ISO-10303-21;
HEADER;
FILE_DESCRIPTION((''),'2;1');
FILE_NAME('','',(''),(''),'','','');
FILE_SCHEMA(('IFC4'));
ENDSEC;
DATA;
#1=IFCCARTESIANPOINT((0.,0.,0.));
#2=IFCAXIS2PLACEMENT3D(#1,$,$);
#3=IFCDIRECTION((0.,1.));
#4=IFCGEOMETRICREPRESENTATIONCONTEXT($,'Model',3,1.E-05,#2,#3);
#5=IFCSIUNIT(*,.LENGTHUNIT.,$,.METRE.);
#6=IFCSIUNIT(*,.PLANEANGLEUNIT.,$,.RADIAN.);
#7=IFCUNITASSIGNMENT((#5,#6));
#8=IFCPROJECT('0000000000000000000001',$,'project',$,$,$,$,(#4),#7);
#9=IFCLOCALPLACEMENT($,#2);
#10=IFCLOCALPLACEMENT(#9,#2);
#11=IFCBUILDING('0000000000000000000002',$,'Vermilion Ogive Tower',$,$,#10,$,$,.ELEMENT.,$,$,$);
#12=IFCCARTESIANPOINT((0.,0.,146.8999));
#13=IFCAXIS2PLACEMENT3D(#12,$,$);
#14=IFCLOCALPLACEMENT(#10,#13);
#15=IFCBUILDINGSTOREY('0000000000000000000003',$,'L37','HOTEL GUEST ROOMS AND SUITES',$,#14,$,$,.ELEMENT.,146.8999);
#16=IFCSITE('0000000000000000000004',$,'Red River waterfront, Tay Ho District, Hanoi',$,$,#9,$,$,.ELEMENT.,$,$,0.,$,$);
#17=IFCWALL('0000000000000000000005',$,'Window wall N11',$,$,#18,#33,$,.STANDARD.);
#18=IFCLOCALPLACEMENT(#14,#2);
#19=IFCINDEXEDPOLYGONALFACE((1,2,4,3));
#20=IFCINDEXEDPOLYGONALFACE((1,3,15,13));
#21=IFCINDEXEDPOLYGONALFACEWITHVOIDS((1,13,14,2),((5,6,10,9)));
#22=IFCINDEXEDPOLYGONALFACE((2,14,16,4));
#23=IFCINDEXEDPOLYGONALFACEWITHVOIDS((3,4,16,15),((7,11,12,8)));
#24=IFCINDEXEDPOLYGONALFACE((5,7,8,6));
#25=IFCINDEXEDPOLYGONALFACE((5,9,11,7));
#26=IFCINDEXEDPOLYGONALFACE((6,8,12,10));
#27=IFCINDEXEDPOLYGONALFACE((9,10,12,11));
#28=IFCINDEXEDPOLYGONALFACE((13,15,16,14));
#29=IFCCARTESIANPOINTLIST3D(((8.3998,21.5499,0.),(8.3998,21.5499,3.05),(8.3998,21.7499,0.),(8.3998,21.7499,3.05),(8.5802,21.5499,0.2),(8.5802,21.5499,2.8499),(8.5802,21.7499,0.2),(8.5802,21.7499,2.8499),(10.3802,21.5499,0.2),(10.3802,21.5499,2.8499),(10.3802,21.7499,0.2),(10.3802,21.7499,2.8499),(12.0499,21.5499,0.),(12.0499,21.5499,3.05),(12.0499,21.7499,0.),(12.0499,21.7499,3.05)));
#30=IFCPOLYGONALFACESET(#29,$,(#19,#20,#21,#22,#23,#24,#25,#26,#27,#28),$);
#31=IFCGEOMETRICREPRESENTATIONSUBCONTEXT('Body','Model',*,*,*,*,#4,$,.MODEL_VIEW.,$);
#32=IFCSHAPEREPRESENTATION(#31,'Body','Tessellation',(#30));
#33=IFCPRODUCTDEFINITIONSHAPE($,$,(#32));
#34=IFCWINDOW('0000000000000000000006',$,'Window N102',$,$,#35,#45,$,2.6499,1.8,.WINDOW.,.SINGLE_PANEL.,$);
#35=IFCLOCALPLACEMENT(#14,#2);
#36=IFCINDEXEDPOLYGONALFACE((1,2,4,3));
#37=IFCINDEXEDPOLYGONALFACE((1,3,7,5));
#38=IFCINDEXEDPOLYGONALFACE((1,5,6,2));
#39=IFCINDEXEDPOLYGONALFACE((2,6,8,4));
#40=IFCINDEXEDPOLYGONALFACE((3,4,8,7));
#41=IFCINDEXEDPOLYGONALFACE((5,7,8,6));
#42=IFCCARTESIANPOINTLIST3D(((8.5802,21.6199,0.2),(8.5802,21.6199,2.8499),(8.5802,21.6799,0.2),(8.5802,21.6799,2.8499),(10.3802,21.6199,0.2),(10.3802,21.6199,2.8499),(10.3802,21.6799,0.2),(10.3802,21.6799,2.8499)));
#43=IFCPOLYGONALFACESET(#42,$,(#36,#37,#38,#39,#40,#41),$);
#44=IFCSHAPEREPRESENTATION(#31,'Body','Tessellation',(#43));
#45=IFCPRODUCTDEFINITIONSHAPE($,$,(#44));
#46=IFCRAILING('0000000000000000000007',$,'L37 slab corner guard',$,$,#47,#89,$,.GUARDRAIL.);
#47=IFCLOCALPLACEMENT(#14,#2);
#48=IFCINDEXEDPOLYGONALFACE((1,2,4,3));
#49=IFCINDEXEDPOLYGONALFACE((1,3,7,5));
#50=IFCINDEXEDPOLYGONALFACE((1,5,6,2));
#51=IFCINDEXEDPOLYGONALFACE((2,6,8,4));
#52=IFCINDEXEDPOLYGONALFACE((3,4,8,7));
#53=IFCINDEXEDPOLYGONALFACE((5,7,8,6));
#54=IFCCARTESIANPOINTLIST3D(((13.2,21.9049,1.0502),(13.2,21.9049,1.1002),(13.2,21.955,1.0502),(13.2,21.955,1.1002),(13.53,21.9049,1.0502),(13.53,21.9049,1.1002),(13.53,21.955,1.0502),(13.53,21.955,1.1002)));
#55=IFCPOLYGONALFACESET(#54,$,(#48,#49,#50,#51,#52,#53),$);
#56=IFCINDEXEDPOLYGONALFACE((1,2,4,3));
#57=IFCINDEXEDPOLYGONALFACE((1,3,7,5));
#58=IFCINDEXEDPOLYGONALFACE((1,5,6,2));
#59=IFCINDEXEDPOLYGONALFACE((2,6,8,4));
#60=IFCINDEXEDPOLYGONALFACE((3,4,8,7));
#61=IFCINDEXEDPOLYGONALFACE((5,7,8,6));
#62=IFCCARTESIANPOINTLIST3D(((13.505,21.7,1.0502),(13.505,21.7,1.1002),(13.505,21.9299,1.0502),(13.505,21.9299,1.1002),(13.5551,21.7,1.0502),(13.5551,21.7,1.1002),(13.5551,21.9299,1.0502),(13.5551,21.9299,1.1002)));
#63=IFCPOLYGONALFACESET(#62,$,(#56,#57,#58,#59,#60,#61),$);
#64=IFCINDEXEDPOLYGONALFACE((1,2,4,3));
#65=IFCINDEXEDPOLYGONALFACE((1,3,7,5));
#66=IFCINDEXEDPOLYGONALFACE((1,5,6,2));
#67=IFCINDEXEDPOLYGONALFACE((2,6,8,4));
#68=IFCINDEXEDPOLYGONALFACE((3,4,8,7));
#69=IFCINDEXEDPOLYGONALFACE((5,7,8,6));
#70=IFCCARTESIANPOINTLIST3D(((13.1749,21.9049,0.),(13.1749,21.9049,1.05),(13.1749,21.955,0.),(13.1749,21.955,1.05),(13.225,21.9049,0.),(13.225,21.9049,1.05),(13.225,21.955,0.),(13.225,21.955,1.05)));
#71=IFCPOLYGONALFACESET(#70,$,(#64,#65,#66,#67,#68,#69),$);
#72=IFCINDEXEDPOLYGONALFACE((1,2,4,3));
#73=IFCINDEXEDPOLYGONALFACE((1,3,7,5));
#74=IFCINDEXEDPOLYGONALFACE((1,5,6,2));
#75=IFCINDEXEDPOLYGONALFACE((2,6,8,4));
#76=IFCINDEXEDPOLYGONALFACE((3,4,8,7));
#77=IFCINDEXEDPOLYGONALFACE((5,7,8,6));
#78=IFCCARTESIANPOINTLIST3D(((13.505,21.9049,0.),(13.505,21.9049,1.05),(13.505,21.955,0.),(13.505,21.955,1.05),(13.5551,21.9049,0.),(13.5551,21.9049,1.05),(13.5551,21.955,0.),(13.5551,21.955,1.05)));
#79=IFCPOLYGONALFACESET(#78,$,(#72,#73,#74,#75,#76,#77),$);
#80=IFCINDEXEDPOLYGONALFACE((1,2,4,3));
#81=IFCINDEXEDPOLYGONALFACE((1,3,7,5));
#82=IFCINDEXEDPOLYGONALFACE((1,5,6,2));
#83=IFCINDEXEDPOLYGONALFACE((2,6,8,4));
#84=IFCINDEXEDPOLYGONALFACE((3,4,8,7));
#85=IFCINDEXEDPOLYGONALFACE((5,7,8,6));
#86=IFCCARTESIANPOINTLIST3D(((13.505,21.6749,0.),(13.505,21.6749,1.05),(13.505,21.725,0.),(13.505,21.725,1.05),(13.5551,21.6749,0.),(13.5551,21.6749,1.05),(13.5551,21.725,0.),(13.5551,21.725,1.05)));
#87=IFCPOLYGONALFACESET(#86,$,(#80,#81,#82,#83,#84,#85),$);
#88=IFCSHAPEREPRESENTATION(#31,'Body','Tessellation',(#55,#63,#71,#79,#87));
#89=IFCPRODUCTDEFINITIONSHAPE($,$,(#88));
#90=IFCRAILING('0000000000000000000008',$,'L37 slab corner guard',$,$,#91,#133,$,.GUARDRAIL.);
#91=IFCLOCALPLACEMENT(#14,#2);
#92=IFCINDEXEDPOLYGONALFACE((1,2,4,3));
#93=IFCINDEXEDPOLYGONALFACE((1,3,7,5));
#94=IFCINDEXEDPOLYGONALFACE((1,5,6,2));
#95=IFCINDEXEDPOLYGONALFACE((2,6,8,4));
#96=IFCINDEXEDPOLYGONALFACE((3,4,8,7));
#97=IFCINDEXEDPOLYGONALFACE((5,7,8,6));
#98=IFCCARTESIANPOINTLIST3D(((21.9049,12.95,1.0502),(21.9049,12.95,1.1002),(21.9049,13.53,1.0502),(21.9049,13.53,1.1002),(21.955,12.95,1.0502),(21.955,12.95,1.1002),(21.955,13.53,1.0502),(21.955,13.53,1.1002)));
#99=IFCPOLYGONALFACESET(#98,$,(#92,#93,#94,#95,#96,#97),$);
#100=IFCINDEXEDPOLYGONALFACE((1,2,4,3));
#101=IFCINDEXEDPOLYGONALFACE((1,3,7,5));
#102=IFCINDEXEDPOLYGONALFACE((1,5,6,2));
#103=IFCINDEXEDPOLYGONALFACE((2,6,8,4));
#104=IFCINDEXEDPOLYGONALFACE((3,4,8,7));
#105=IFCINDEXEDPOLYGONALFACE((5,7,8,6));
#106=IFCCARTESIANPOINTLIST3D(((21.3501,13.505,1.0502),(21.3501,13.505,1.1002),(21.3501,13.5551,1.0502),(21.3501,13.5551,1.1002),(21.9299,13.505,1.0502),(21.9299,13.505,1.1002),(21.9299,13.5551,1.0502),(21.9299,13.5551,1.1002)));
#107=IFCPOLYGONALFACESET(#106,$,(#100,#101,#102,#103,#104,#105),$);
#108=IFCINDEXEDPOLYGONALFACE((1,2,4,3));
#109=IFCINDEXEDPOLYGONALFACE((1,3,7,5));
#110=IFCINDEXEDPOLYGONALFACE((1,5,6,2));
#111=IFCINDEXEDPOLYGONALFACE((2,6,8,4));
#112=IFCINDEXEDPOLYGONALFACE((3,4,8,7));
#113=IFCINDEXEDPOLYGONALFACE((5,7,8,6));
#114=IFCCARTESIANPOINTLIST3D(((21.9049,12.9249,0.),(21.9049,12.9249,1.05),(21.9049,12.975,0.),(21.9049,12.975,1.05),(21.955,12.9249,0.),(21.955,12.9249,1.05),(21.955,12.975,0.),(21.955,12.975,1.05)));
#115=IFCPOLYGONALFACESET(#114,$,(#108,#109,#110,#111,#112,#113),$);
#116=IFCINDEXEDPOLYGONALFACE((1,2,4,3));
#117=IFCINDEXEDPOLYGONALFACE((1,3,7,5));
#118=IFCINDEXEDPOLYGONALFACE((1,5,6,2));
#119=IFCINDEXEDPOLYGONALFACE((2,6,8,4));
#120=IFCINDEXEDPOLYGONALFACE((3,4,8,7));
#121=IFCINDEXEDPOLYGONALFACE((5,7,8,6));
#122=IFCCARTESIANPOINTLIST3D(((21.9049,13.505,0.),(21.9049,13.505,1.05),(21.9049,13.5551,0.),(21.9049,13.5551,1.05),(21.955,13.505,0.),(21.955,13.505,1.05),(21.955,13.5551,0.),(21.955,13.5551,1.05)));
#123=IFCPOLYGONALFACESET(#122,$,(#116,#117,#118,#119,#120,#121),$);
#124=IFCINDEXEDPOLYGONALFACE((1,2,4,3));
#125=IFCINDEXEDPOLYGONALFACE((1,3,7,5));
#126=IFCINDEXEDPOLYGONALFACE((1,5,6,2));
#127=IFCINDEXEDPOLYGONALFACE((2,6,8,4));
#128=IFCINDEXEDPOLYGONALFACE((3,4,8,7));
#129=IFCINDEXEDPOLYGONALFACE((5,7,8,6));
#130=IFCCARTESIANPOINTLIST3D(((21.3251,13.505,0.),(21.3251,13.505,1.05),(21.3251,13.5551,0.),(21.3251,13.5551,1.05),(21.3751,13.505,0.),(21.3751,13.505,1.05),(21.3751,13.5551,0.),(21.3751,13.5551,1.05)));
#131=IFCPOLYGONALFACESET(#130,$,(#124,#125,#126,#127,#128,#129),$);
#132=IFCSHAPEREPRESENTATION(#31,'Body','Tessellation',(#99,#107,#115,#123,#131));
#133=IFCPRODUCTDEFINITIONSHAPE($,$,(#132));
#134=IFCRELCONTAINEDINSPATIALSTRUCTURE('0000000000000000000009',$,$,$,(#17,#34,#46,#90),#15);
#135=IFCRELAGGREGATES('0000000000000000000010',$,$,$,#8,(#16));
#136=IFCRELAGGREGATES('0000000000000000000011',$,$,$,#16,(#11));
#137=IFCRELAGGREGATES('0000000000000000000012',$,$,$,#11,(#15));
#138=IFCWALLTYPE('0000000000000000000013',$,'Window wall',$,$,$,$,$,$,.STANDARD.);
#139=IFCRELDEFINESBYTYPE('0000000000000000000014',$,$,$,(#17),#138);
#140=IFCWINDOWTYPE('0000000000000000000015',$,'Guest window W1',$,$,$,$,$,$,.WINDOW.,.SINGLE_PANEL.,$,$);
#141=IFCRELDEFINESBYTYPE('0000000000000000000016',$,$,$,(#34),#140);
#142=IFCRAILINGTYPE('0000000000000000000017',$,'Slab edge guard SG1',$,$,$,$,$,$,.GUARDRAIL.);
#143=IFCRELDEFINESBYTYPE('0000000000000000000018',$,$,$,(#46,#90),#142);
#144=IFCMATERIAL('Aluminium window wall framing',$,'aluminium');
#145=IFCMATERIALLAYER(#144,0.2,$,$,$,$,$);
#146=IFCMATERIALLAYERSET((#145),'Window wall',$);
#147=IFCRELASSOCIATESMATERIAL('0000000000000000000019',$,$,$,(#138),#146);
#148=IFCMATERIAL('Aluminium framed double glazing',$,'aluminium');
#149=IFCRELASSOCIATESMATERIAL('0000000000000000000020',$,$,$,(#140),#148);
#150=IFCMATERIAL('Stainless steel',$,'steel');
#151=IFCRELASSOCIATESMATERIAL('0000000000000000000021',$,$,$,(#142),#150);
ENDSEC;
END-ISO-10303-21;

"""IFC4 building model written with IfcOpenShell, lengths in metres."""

from ifc_helpers import new_model, si_unit, direction, frame, frame_2d, origin, origin_2d, place, context, subcontext, project, spatial, rectangle, extrude, material, layer, layer_set, type_object, element, fill, save


model = new_model("IFC4")

# Units and contexts
model_context = context("Model", 3, precision=1e-05, world=origin(), true_north=direction((0.0, 1.0)))
body_context = subcontext(model_context, "Body", "Model", "MODEL_VIEW")
ifc_project = project(units=[si_unit("LENGTHUNIT", "METRE"), si_unit("PLANEANGLEUNIT", "RADIAN")], contexts=[model_context])

# Site, building, storey
site_placement = place(None, origin())
site = spatial("IfcSite", under=ifc_project, at=site_placement, Name="Red River waterfront, Tay Ho District, Hanoi", CompositionType="ELEMENT", RefElevation=0.0)
building_placement = place(site_placement, origin())
building = spatial("IfcBuilding", under=site, at=building_placement, Name="Vermilion Ogive Tower", CompositionType="ELEMENT")
storey_placement = place(building_placement, frame((0.0, 0.0, 146.8999)))
storey = spatial("IfcBuildingStorey", under=building, at=storey_placement, Name="L37", Description="HOTEL GUEST ROOMS AND SUITES", CompositionType="ELEMENT", Elevation=146.8999)

# Shared definitions
ifc_material_1 = material(Name="Aluminium window wall framing", Category="aluminium")
ifc_layer_1 = layer(ifc_material_1, 0.2)
ifc_layer_set_1 = layer_set([ifc_layer_1], Name="Window wall")
wall_type_1 = type_object("IfcWallType", Name="Window wall", PredefinedType="STANDARD", material=ifc_layer_set_1)

# Shared definitions
ifc_material_2 = material(Name="Aluminium framed double glazing", Category="aluminium")
window_type = type_object("IfcWindowType", Name="Guest window W1", PartitioningType="SINGLE_PANEL", PredefinedType="WINDOW", material=ifc_material_2)

# Wall, opening, window
wall_1_placement = place(storey_placement, frame((12.05, 21.6499, 0.0), z_axis=(0.0, 0.0, 1.0), x_axis=(-1.0, 0.0, 0.0)))
wall_1 = element("IfcWall", 1, at=wall_1_placement, inside=storey, type_object=wall_type_1, Name="Window wall N11", PredefinedType="STANDARD", context=body_context, shape_type="SweptSolid", body=[
    extrude(rectangle(XDim=3.6501, YDim=0.2, at=frame_2d((1.8252, 0.0))), origin(), (0.0, 0.0, 1.0), 3.05),
])
opening_1_placement = place(wall_1_placement, frame((1.6699, 0.0, 0.2)))
opening_1 = element("IfcOpeningElement", 2, at=opening_1_placement, cuts=wall_1, PredefinedType="OPENING", context=body_context, shape_type="SweptSolid", body=[
    extrude(rectangle(XDim=1.8, YDim=2.6499, at=frame_2d((0.8999, 1.325))), frame((0.0, 0.1099, 0.0), z_axis=(0.0, -1.0, 0.0), x_axis=(1.0, 0.0, 0.0)), (0.0, 0.0, 1.0), 0.22),
])
window_1_placement = place(opening_1_placement, origin())
window_1 = element("IfcWindow", 3, at=window_1_placement, inside=storey, type_object=window_type, Name="Window N102", OverallHeight=2.6499, OverallWidth=1.8, PartitioningType="SINGLE_PANEL", PredefinedType="WINDOW", context=body_context, shape_type="SweptSolid", body=[
    extrude(rectangle(XDim=1.8, YDim=2.6499, at=frame_2d((0.8999, 1.325))), frame((0.0, 0.03, 0.0), z_axis=(0.0, -1.0, 0.0), x_axis=(1.0, 0.0, 0.0)), (0.0, 0.0, 1.0), 0.0601),
])
fill(opening_1, window_1)

# Railings
ifc_material_3 = material(Name="Stainless steel", Category="steel")
railing_type = type_object("IfcRailingType", Name="Slab edge guard SG1", PredefinedType="GUARDRAIL", material=ifc_material_3)
railing_1_placement = place(storey_placement, frame((13.2, 21.9299, 0.0)))
element("IfcRailing", 4, at=railing_1_placement, inside=storey, type_object=railing_type, Name="L37 slab corner guard", PredefinedType="GUARDRAIL", context=body_context, shape_type="SweptSolid", body=[
    extrude(rectangle(XDim=0.05, YDim=0.05, at=origin_2d()), frame((0.0, 0.0, 1.0752), z_axis=(1.0, 0.0, 0.0), x_axis=(0.0, 1.0, 0.0)), (0.0, 0.0, 1.0), 0.3301),
    extrude(rectangle(XDim=0.05, YDim=0.05, at=origin_2d()), frame((0.3301, 0.0, 1.0752), z_axis=(0.0, -1.0, 0.0), x_axis=(1.0, 0.0, 0.0)), (0.0, 0.0, 1.0), 0.23),
    extrude(rectangle(XDim=0.05, YDim=0.05, at=origin_2d()), origin(), (0.0, 0.0, 1.0), 1.05),
    extrude(rectangle(XDim=0.05, YDim=0.05, at=origin_2d()), frame((0.3301, 0.0, 0.0)), (0.0, 0.0, 1.0), 1.05),
    extrude(rectangle(XDim=0.05, YDim=0.05, at=origin_2d()), frame((0.3301, -0.23, 0.0)), (0.0, 0.0, 1.0), 1.05),
])
railing_2_placement = place(storey_placement, frame((21.9299, 12.95, 0.0)))
element("IfcRailing", 5, at=railing_2_placement, inside=storey, type_object=railing_type, Name="L37 slab corner guard", PredefinedType="GUARDRAIL", context=body_context, shape_type="SweptSolid", body=[
    extrude(rectangle(XDim=0.05, YDim=0.05, at=origin_2d()), frame((0.0, 0.0, 1.0752), z_axis=(0.0, 1.0, 0.0), x_axis=(-1.0, 0.0, 0.0)), (0.0, 0.0, 1.0), 0.5801),
    extrude(rectangle(XDim=0.05, YDim=0.05, at=origin_2d()), frame((0.0, 0.5801, 1.0752), z_axis=(-1.0, 0.0, 0.0), x_axis=(0.0, -1.0, 0.0)), (0.0, 0.0, 1.0), 0.5798),
    extrude(rectangle(XDim=0.05, YDim=0.05, at=origin_2d()), origin(), (0.0, 0.0, 1.0), 1.05),
    extrude(rectangle(XDim=0.05, YDim=0.05, at=origin_2d()), frame((0.0, 0.5801, 0.0)), (0.0, 0.0, 1.0), 1.05),
    extrude(rectangle(XDim=0.05, YDim=0.05, at=origin_2d()), frame((-0.5798, 0.5801, 0.0)), (0.0, 0.0, 1.0), 1.05),
])

save(model, "model.ifc")
